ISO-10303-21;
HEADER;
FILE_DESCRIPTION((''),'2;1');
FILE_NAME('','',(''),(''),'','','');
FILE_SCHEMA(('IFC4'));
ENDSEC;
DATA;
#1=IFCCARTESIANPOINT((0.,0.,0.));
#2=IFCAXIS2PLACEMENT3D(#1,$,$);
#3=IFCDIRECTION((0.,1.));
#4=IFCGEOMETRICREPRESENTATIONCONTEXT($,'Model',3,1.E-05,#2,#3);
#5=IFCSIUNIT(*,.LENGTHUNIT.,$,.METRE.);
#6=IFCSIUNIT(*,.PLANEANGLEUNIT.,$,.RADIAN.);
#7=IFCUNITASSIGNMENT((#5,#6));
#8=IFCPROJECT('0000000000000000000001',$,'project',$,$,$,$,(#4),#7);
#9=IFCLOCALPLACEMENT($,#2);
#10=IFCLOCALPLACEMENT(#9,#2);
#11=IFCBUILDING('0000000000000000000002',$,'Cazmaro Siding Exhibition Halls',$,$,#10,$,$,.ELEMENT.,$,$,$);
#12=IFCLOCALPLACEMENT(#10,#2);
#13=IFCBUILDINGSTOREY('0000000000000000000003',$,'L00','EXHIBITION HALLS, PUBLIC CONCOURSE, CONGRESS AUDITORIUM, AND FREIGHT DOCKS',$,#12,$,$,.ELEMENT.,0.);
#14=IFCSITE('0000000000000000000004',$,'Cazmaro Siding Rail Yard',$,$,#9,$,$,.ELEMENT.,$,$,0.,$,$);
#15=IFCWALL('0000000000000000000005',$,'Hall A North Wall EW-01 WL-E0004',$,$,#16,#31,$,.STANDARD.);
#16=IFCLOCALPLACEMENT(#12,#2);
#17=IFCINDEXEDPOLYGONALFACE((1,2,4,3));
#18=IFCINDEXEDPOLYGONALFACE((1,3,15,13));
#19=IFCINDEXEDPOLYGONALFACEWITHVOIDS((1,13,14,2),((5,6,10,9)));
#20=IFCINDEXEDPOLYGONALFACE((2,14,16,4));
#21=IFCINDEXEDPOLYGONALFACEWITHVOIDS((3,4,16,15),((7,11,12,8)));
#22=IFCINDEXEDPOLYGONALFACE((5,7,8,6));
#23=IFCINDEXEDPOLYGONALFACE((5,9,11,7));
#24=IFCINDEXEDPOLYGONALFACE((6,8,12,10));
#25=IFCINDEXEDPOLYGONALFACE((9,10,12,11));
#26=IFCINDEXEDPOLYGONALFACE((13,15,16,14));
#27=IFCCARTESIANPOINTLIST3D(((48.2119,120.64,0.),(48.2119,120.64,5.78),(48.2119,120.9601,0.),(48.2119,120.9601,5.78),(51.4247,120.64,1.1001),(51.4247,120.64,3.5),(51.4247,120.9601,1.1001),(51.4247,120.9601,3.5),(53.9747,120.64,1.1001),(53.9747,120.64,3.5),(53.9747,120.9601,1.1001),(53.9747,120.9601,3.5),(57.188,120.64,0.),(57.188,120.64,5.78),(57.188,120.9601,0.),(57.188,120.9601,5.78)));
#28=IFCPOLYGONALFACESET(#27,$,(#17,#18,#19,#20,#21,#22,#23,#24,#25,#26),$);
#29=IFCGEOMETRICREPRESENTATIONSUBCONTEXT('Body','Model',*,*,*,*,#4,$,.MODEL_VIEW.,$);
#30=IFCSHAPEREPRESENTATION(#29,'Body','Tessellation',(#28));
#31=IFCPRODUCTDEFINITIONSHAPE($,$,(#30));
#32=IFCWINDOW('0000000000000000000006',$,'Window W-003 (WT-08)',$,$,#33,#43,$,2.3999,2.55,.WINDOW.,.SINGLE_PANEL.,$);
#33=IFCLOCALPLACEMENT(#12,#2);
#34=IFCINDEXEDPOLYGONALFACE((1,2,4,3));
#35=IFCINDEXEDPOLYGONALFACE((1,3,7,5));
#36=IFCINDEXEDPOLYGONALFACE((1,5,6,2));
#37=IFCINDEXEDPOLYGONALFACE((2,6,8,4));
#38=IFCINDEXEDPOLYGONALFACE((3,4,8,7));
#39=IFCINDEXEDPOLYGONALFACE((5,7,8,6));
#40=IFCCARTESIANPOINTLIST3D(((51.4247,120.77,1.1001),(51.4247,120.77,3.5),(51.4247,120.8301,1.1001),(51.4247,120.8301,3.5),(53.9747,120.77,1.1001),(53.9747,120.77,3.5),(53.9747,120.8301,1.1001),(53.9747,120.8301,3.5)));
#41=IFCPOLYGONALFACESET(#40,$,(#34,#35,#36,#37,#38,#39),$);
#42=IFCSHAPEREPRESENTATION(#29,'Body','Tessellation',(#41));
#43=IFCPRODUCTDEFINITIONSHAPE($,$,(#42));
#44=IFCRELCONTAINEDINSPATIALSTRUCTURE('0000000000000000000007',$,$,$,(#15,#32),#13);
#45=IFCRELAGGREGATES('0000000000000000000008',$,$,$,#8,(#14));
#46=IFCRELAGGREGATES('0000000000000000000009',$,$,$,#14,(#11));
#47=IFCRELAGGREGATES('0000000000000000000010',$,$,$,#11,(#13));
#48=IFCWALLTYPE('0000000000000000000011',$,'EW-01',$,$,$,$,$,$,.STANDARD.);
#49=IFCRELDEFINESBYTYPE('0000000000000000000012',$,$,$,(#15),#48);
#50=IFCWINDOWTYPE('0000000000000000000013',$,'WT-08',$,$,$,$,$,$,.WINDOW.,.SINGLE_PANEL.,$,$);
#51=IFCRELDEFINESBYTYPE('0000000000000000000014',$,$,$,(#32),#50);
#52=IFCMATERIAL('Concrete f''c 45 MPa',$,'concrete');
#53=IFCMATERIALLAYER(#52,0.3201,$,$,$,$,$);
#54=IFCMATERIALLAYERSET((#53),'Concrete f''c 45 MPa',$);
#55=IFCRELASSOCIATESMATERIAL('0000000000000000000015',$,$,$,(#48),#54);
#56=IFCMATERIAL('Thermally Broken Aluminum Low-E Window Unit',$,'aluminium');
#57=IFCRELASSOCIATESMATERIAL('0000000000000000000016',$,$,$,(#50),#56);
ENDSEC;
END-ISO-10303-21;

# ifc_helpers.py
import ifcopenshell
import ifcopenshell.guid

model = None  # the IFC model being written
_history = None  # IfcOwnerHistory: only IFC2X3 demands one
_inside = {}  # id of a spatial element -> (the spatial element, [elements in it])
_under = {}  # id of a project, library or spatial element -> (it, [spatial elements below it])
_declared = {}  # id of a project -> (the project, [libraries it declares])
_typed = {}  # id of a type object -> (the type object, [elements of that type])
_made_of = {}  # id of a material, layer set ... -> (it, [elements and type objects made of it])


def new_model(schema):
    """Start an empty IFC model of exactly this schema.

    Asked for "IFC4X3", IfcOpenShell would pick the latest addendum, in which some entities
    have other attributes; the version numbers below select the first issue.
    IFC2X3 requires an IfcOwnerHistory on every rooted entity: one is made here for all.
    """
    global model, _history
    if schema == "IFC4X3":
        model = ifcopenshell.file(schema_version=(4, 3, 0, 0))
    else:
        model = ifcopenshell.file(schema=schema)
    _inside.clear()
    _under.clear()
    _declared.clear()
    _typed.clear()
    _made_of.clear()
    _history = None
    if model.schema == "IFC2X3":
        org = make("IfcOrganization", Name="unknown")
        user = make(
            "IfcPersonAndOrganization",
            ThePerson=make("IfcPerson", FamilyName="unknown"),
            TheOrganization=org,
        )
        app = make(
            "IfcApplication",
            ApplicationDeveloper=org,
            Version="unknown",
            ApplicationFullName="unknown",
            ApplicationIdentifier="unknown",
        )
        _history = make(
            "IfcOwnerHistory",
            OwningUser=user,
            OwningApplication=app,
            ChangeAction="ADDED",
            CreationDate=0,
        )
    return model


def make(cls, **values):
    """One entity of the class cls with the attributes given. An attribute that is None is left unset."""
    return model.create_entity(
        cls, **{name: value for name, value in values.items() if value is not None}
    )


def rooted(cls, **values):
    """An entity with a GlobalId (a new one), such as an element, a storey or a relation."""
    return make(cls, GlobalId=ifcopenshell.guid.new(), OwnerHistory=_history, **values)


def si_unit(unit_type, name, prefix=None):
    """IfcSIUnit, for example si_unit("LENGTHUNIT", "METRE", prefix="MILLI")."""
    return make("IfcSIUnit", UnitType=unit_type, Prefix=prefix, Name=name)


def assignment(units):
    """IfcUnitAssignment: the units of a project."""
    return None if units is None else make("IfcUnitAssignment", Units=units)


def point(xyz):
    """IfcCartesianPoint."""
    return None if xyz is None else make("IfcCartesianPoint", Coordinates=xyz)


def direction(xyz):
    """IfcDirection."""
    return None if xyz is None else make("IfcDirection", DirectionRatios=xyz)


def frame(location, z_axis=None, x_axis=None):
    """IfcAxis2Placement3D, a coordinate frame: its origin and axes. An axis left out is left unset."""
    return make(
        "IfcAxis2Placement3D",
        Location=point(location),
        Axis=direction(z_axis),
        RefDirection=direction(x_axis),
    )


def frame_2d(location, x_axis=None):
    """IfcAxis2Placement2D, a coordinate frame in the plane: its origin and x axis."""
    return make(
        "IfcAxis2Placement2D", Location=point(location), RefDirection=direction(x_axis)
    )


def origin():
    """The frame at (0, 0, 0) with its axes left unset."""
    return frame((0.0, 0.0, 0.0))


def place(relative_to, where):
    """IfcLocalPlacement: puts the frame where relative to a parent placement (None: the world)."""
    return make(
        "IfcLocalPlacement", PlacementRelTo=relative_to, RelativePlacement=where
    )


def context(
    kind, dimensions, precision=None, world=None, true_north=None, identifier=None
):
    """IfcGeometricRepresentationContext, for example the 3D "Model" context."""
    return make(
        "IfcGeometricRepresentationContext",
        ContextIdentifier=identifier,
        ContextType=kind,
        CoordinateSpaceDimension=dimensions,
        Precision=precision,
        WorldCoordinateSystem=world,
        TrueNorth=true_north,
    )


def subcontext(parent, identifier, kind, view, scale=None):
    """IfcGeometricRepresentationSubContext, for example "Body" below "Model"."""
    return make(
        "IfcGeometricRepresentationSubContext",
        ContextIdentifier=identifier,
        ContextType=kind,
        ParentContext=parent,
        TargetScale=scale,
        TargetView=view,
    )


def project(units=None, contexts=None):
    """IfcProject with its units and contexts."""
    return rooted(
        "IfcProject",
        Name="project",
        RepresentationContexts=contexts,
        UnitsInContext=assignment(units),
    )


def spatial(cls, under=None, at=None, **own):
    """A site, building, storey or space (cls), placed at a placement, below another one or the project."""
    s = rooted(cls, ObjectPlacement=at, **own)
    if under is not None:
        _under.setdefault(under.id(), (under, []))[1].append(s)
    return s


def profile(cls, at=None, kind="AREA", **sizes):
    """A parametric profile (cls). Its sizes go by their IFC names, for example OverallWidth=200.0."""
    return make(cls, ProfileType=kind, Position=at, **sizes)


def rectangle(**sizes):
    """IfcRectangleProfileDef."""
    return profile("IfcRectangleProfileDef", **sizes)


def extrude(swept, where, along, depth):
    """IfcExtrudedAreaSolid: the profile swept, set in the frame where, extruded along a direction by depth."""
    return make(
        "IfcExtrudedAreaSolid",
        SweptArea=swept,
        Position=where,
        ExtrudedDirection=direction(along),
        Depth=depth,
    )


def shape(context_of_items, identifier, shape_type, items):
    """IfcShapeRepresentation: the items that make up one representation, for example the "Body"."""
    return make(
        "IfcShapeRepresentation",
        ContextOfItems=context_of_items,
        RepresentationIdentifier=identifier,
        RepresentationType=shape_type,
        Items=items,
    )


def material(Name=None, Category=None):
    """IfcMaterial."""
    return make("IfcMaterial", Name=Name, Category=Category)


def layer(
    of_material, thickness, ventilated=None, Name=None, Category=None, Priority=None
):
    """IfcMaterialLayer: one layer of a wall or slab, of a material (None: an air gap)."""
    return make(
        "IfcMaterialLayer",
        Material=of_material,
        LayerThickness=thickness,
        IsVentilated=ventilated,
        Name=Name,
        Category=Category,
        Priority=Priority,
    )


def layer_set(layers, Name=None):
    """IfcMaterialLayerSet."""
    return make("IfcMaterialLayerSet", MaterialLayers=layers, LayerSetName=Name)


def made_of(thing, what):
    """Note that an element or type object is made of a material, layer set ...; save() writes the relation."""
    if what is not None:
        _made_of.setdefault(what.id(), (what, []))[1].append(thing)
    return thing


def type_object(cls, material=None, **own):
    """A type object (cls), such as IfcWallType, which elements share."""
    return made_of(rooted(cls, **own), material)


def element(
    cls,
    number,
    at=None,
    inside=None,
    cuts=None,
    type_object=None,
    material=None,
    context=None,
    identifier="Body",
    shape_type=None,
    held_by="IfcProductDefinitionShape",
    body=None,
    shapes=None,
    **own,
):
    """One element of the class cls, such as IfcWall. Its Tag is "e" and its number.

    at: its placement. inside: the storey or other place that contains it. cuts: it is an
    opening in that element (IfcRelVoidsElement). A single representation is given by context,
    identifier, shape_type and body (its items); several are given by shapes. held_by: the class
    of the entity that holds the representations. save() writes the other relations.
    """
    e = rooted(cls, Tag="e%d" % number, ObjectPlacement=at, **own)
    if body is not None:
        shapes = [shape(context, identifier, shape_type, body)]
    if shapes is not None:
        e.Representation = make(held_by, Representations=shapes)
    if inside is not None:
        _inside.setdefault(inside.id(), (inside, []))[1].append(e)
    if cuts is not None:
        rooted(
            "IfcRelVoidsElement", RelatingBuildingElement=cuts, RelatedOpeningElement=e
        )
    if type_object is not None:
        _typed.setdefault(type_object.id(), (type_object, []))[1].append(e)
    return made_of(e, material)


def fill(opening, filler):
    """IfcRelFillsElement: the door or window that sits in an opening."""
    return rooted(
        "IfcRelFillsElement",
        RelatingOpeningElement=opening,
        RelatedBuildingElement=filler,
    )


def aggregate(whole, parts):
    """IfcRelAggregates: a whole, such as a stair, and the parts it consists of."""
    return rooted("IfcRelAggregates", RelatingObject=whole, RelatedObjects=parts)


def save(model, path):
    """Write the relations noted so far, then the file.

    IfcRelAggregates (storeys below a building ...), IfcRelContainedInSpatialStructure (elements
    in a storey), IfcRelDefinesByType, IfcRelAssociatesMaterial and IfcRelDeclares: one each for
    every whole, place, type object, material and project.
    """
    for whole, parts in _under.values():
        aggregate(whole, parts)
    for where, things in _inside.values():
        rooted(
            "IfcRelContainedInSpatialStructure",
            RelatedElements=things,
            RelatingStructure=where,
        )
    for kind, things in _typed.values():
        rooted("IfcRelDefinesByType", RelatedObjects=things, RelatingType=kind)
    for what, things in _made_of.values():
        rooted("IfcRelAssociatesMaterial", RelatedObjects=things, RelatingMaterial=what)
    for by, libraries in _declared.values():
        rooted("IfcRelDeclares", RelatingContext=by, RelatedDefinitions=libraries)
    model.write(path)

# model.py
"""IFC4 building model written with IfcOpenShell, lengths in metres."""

from ifc_helpers import new_model, si_unit, direction, frame, frame_2d, origin, place, context, subcontext, project, spatial, rectangle, extrude, material, layer, layer_set, type_object, element, fill, save


model = new_model("IFC4")

# Units and contexts
model_context = context("Model", 3, precision=1e-05, world=origin(), true_north=direction((0.0, 1.0)))
body_context = subcontext(model_context, "Body", "Model", "MODEL_VIEW")
ifc_project = project(units=[si_unit("LENGTHUNIT", "METRE"), si_unit("PLANEANGLEUNIT", "RADIAN")], contexts=[model_context])

# Site, building, storey
site_placement = place(None, origin())
site = spatial("IfcSite", under=ifc_project, at=site_placement, Name="Cazmaro Siding Rail Yard", CompositionType="ELEMENT", RefElevation=0.0)
building_placement = place(site_placement, origin())
building = spatial("IfcBuilding", under=site, at=building_placement, Name="Cazmaro Siding Exhibition Halls", CompositionType="ELEMENT")
storey_placement = place(building_placement, origin())
storey = spatial("IfcBuildingStorey", under=building, at=storey_placement, Name="L00", Description="EXHIBITION HALLS, PUBLIC CONCOURSE, CONGRESS AUDITORIUM, AND FREIGHT DOCKS", CompositionType="ELEMENT", Elevation=0.0)

# Wall, opening, window
ifc_material_1 = material(Name="Concrete f'c 45 MPa", Category="concrete")
ifc_layer_1 = layer(ifc_material_1, 0.3201)
ifc_layer_set_1 = layer_set([ifc_layer_1], Name="Concrete f'c 45 MPa")
wall_type = type_object("IfcWallType", Name="EW-01", PredefinedType="STANDARD", material=ifc_layer_set_1)
wall_placement = place(storey_placement, frame((48.2119, 120.8, 0.0), z_axis=(0.0, 0.0, 1.0), x_axis=(1.0, 0.0, 0.0)))
wall = element("IfcWall", 1, at=wall_placement, inside=storey, type_object=wall_type, Name="Hall A North Wall EW-01 WL-E0004", PredefinedType="STANDARD", context=body_context, shape_type="SweptSolid", body=[
    extrude(rectangle(XDim=8.9761, YDim=0.3201, at=frame_2d((4.488, 0.0))), origin(), (0.0, 0.0, 1.0), 5.78),
])
opening_placement = place(wall_placement, frame((3.2129, 0.0, 1.1001)))
opening = element("IfcOpeningElement", 2, at=opening_placement, cuts=wall, PredefinedType="OPENING", context=body_context, shape_type="SweptSolid", body=[
    extrude(rectangle(XDim=2.55, YDim=2.3999, at=frame_2d((1.2749, 1.2))), frame((0.0, 0.1699, 0.0), z_axis=(0.0, -1.0, 0.0), x_axis=(1.0, 0.0, 0.0)), (0.0, 0.0, 1.0), 0.3401),
])
ifc_material_2 = material(Name="Thermally Broken Aluminum Low-E Window Unit", Category="aluminium")
window_type = type_object("IfcWindowType", Name="WT-08", PartitioningType="SINGLE_PANEL", PredefinedType="WINDOW", material=ifc_material_2)
window_placement = place(opening_placement, origin())
window = element("IfcWindow", 3, at=window_placement, inside=storey, type_object=window_type, Name="Window W-003 (WT-08)", OverallHeight=2.3999, OverallWidth=2.55, PartitioningType="SINGLE_PANEL", PredefinedType="WINDOW", context=body_context, shape_type="SweptSolid", body=[
    extrude(rectangle(XDim=2.55, YDim=2.3999, at=frame_2d((1.2749, 1.2))), frame((0.0, 0.03, 0.0), z_axis=(0.0, -1.0, 0.0), x_axis=(1.0, 0.0, 0.0)), (0.0, 0.0, 1.0), 0.0601),
])
fill(opening, window)

save(model, "model.ifc")
